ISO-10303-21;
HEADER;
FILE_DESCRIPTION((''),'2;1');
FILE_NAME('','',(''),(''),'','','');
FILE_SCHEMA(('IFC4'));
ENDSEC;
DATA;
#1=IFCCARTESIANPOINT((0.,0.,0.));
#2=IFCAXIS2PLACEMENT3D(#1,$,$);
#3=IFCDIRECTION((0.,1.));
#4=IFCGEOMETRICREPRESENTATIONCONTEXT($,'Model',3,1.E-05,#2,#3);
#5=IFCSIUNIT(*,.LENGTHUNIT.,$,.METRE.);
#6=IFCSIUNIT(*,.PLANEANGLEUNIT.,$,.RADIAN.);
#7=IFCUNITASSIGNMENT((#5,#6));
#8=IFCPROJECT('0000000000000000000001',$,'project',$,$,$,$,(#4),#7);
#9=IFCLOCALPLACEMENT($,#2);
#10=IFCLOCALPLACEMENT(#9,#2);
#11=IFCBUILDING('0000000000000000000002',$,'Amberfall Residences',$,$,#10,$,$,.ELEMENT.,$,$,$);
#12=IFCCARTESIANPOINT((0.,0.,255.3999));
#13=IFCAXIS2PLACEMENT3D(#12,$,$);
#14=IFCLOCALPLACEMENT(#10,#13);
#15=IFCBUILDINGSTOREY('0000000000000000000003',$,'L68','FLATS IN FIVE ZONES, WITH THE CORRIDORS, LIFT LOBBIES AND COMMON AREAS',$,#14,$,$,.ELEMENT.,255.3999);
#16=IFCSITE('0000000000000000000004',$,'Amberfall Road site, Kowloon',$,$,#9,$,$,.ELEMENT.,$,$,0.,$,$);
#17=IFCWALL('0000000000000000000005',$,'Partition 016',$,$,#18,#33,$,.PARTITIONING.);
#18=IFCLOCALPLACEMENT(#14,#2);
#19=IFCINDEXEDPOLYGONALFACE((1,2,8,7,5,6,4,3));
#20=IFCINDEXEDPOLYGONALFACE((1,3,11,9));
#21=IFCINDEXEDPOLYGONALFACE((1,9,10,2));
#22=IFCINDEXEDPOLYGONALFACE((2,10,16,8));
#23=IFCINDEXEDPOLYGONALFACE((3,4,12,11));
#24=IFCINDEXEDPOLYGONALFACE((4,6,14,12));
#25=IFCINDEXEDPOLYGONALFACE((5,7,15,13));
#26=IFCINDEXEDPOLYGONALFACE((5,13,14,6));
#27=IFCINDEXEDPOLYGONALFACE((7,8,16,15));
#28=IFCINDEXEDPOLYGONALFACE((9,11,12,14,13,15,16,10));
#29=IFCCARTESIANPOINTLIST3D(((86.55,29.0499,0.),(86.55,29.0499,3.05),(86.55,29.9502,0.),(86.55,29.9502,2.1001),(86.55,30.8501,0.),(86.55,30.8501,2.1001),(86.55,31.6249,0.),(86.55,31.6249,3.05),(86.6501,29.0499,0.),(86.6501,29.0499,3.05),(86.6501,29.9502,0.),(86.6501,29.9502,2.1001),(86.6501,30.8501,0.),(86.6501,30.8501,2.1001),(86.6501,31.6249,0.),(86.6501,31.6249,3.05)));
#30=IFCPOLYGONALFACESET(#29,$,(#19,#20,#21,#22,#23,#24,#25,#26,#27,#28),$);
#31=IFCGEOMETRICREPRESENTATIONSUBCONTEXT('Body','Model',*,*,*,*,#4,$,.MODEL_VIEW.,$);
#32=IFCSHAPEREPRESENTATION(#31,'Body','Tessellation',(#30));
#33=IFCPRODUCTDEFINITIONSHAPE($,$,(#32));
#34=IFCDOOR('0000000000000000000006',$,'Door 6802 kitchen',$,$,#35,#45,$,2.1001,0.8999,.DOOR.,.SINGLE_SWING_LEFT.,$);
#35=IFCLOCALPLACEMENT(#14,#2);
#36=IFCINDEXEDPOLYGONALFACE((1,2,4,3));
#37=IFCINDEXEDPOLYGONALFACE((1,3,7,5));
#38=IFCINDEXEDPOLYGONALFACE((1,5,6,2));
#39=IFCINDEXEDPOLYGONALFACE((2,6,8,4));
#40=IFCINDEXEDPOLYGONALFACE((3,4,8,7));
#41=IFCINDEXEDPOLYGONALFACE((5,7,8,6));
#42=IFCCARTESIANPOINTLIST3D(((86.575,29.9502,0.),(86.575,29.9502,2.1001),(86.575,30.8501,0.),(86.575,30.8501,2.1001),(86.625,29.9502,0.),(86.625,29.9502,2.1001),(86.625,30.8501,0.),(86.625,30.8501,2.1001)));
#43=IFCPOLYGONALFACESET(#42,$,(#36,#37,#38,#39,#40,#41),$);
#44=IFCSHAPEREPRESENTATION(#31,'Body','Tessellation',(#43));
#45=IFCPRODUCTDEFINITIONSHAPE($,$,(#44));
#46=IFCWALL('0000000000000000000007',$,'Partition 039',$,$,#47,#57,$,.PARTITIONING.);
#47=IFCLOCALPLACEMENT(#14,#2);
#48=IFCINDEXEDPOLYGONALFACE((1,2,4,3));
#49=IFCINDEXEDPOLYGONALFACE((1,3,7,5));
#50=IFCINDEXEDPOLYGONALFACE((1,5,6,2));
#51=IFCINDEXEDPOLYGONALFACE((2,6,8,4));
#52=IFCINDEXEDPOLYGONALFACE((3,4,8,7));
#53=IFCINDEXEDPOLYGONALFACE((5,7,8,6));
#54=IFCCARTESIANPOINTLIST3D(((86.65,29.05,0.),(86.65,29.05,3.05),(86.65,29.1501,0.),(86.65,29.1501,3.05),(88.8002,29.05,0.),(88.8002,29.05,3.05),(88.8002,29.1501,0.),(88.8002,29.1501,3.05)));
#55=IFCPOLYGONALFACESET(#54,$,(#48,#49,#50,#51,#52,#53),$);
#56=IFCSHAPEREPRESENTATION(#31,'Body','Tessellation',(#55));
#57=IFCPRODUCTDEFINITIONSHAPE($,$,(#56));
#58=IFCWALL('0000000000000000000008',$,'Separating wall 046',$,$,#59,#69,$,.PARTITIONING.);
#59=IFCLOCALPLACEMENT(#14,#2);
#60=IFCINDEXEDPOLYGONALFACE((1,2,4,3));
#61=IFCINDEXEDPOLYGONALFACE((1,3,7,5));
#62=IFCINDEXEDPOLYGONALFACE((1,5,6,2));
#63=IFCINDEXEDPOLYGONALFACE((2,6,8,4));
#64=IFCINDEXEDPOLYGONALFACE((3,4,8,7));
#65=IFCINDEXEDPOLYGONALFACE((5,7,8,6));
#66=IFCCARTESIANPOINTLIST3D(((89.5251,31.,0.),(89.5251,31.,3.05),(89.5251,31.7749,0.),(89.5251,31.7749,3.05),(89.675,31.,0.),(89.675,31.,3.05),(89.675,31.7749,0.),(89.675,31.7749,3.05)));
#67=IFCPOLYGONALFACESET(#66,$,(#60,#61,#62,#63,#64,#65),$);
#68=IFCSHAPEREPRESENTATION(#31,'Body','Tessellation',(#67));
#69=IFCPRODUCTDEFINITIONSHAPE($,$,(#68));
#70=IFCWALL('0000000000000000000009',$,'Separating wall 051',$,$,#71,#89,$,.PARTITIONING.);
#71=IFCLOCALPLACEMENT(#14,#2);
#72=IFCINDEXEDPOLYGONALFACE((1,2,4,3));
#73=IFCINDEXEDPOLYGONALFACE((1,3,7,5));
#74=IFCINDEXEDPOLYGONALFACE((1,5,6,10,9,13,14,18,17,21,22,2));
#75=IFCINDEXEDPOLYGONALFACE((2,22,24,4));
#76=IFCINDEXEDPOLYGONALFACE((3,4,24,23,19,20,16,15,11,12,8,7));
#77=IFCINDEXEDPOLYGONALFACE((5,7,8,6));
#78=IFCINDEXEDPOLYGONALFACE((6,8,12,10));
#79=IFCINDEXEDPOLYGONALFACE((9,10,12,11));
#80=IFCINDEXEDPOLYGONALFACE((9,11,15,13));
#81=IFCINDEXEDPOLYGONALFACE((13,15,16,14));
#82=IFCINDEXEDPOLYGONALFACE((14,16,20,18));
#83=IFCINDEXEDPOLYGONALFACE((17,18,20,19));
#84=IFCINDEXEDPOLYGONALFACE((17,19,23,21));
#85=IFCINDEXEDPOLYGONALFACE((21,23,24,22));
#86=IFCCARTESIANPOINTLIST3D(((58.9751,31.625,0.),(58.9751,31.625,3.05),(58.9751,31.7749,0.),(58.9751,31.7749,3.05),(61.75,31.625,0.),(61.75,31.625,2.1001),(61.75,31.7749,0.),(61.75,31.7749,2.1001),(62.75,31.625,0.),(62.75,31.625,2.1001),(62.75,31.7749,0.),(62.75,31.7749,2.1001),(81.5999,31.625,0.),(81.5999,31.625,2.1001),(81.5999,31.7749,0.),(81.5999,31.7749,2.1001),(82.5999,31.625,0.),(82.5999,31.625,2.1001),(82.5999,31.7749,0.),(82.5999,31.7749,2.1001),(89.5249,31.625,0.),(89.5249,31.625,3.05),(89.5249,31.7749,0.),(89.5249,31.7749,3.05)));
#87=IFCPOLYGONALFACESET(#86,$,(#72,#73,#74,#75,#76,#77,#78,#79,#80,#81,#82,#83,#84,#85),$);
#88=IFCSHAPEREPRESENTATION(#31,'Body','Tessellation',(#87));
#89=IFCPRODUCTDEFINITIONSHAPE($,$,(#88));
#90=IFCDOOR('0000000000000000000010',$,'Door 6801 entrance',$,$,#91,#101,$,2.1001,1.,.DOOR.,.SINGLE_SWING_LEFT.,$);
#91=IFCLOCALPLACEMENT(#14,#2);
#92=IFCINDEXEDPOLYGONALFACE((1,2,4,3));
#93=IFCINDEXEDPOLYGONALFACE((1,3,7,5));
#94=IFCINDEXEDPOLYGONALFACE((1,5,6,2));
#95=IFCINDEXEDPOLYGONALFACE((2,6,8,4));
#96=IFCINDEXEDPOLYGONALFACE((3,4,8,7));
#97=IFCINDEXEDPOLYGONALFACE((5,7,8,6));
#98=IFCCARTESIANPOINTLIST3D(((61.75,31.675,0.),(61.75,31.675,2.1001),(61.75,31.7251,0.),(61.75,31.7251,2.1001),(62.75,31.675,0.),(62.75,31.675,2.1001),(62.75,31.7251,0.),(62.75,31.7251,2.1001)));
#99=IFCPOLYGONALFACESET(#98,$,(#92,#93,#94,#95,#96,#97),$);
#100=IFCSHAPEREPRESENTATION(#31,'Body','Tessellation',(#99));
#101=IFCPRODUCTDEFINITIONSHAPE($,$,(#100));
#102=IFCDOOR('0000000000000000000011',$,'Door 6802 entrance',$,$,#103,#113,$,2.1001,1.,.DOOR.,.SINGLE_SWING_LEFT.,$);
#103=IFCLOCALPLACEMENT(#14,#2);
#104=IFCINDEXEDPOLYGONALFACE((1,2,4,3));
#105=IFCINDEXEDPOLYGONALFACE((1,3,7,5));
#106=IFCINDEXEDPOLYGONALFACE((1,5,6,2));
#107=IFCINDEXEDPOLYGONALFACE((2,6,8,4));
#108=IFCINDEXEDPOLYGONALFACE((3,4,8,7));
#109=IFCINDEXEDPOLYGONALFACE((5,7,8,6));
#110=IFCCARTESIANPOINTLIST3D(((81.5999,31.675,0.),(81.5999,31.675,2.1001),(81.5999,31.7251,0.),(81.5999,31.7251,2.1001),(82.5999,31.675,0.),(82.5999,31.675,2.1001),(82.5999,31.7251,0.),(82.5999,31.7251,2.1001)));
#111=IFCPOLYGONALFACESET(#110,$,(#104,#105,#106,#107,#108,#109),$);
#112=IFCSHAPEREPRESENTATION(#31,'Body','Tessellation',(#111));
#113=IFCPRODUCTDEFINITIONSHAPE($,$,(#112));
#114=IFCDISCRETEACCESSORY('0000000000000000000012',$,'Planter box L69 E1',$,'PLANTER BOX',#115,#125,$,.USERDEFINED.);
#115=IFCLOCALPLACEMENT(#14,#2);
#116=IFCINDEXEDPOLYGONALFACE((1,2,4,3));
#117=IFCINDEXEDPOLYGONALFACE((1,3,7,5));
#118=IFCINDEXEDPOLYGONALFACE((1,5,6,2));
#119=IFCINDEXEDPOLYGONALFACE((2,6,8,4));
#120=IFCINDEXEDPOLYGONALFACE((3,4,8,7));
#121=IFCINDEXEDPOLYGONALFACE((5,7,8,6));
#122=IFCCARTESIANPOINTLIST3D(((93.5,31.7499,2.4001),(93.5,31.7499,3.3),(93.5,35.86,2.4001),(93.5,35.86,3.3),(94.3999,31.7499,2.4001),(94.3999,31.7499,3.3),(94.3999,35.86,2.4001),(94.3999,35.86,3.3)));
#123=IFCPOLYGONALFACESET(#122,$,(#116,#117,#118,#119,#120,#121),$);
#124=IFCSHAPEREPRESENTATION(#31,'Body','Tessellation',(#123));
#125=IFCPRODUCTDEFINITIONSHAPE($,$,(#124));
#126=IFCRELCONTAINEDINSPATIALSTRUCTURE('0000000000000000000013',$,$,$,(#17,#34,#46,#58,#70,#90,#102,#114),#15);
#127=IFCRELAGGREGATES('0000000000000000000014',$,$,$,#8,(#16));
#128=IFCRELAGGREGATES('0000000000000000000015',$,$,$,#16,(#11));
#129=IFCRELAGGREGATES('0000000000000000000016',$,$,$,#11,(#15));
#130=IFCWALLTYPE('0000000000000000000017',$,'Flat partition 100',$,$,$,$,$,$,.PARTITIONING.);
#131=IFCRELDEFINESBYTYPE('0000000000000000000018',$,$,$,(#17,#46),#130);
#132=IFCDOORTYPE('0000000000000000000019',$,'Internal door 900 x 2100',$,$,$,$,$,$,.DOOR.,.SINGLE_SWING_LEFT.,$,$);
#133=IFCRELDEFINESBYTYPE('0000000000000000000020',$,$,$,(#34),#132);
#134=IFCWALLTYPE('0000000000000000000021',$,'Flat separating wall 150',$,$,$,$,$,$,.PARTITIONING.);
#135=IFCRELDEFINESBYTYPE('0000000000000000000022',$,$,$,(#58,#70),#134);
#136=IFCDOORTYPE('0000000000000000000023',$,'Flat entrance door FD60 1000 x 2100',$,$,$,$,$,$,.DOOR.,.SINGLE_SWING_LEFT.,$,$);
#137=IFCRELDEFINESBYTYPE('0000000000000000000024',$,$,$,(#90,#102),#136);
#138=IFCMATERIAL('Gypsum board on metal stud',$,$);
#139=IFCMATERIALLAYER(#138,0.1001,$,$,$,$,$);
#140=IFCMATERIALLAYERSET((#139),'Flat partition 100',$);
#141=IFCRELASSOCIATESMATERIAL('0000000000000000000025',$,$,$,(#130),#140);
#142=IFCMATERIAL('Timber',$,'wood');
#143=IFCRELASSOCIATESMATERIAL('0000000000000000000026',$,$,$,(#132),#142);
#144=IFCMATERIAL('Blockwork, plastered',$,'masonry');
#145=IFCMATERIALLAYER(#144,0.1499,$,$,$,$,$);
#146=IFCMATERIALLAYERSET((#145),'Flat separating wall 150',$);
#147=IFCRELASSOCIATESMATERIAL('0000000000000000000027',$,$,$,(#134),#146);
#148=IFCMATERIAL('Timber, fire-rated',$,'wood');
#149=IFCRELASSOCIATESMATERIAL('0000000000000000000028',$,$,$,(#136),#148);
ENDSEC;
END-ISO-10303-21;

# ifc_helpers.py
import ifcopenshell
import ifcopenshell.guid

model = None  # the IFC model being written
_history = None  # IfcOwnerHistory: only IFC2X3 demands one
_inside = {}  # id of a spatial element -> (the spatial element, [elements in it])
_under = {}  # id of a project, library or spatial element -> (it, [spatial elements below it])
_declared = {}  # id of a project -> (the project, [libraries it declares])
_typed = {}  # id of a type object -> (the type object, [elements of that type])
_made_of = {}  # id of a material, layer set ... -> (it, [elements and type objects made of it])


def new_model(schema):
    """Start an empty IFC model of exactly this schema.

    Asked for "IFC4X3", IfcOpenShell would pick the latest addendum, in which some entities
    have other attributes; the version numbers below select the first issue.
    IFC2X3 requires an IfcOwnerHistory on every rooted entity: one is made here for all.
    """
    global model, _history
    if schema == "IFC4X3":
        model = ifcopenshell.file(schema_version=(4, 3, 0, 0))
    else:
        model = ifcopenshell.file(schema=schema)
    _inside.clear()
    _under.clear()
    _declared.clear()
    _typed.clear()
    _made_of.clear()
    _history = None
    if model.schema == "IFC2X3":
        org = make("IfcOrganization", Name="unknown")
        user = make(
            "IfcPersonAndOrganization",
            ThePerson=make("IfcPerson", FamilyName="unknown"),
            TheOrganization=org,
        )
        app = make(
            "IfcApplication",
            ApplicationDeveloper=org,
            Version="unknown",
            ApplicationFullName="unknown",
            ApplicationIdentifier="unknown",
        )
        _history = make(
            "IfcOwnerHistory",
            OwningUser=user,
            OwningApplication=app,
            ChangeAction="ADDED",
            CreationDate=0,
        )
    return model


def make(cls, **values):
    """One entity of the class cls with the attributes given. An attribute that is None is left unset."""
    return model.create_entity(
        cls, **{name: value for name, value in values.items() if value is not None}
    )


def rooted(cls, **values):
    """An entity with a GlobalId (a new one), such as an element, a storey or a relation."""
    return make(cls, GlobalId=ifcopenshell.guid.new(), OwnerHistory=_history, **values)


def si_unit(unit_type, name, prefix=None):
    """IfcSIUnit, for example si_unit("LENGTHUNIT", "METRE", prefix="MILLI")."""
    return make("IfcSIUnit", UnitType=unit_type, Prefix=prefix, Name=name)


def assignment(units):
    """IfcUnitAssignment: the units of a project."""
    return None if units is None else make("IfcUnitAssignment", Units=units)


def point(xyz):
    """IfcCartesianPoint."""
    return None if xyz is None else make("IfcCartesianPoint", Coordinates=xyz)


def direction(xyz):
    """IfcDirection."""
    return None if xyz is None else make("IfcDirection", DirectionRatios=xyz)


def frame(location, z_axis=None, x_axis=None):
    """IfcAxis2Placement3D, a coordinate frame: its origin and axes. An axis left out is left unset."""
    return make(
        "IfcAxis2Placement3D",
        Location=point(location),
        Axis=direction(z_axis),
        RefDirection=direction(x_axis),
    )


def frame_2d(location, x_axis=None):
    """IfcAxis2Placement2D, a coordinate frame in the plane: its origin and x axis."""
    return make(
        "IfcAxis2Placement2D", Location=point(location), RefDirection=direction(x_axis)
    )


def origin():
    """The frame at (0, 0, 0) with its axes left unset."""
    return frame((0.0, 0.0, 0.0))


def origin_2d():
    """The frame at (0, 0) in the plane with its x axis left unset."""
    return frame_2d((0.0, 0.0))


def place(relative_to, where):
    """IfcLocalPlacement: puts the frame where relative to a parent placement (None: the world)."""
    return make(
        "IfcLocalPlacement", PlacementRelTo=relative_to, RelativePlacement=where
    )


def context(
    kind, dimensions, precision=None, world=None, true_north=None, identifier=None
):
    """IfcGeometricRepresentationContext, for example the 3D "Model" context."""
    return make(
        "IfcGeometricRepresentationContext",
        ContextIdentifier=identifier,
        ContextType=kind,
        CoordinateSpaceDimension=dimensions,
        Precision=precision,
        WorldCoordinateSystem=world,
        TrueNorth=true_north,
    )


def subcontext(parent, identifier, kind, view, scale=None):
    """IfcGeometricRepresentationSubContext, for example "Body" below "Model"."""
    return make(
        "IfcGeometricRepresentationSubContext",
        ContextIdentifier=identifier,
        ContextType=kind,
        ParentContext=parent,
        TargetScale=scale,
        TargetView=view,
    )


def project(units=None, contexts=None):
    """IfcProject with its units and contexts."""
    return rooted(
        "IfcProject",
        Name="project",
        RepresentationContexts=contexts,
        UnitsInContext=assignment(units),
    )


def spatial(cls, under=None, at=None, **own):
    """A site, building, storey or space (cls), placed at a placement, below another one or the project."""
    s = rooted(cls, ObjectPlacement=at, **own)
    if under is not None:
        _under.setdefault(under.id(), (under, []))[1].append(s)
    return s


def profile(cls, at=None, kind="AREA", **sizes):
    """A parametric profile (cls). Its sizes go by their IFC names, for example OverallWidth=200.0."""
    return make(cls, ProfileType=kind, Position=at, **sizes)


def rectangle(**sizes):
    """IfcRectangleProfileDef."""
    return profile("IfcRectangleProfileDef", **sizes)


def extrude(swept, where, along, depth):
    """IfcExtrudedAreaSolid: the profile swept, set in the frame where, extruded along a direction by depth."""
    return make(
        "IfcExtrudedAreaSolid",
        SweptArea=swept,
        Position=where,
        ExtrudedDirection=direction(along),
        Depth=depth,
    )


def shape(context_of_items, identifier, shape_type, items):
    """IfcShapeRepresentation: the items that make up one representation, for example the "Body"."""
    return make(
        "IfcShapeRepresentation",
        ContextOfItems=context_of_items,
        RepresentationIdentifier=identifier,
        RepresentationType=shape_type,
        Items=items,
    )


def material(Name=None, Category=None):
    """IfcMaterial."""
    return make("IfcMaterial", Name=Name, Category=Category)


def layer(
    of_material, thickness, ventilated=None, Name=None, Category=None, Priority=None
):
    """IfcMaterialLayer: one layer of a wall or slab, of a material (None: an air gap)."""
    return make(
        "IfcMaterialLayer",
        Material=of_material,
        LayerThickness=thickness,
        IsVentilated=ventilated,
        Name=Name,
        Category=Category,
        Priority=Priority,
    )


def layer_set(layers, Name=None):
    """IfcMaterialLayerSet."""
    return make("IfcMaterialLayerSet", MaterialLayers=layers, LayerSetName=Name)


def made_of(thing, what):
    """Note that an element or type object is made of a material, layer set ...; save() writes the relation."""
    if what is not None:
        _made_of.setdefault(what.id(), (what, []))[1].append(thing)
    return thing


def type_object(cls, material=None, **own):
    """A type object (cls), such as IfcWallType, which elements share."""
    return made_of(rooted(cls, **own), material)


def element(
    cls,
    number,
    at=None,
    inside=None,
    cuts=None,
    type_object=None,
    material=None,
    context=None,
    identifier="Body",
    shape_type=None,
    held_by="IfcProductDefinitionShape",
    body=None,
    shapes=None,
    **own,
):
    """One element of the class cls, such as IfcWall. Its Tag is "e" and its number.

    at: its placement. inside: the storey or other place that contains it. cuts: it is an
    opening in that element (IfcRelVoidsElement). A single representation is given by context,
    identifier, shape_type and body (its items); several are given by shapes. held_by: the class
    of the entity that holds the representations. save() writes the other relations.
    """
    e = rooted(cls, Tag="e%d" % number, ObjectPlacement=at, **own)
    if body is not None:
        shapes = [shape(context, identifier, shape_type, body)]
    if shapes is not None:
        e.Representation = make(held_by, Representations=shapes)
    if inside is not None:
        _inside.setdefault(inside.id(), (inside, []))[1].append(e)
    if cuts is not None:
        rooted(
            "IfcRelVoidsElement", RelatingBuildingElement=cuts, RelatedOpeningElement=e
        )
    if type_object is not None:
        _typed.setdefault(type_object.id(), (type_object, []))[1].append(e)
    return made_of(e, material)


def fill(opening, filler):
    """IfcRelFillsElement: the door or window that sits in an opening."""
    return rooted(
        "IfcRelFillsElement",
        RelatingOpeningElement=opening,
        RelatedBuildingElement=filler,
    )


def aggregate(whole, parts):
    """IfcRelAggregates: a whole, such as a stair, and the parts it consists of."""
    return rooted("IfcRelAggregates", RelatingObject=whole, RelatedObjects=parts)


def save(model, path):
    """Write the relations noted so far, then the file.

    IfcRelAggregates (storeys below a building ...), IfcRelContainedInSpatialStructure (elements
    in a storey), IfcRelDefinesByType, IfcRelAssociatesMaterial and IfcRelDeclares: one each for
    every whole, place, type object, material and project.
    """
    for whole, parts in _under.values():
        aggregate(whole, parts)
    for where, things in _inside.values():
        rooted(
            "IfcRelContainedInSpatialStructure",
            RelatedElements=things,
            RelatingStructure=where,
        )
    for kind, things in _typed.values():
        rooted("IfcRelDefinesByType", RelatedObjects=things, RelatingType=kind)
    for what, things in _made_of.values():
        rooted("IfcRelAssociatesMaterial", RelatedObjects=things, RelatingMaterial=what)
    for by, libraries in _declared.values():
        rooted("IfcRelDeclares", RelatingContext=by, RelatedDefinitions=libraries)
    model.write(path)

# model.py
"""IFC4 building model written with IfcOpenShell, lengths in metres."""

from ifc_helpers import new_model, si_unit, direction, frame, frame_2d, origin, origin_2d, place, context, subcontext, project, spatial, rectangle, extrude, material, layer, layer_set, type_object, element, fill, save


model = new_model("IFC4")

# Units and contexts
model_context = context("Model", 3, precision=1e-05, world=origin(), true_north=direction((0.0, 1.0)))
body_context = subcontext(model_context, "Body", "Model", "MODEL_VIEW")
ifc_project = project(units=[si_unit("LENGTHUNIT", "METRE"), si_unit("PLANEANGLEUNIT", "RADIAN")], contexts=[model_context])

# Site, building, storey
site_placement = place(None, origin())
site = spatial("IfcSite", under=ifc_project, at=site_placement, Name="Amberfall Road site, Kowloon", CompositionType="ELEMENT", RefElevation=0.0)
building_placement = place(site_placement, origin())
building = spatial("IfcBuilding", under=site, at=building_placement, Name="Amberfall Residences", CompositionType="ELEMENT")
storey_placement = place(building_placement, frame((0.0, 0.0, 255.3999)))
storey = spatial("IfcBuildingStorey", under=building, at=storey_placement, Name="L68", Description="FLATS IN FIVE ZONES, WITH THE CORRIDORS, LIFT LOBBIES AND COMMON AREAS", CompositionType="ELEMENT", Elevation=255.3999)

# Wall, opening, door
ifc_material_1 = material(Name="Gypsum board on metal stud")
ifc_layer_1 = layer(ifc_material_1, 0.1001)
ifc_layer_set_1 = layer_set([ifc_layer_1], Name="Flat partition 100")
wall_type_1 = type_object("IfcWallType", Name="Flat partition 100", PredefinedType="PARTITIONING", material=ifc_layer_set_1)
wall_1_placement = place(storey_placement, frame((86.6001, 31.625, 0.0), z_axis=(0.0, 0.0, 1.0), x_axis=(0.0, -1.0, 0.0)))
wall_1 = element("IfcWall", 1, at=wall_1_placement, inside=storey, type_object=wall_type_1, Name="Partition 016", PredefinedType="PARTITIONING", context=body_context, shape_type="SweptSolid", body=[
    extrude(rectangle(XDim=2.575, YDim=0.1001, at=frame_2d((1.2876, 0.0))), origin(), (0.0, 0.0, 1.0), 3.05),
])
opening_1_placement = place(wall_1_placement, frame((0.7749, 0.0, 0.0)))
opening_1 = element("IfcOpeningElement", 2, at=opening_1_placement, cuts=wall_1, PredefinedType="OPENING", context=body_context, shape_type="SweptSolid", body=[
    extrude(rectangle(XDim=0.8999, YDim=2.1001, at=frame_2d((0.45, 1.05))), frame((0.0, 0.0601, 0.0), z_axis=(0.0, -1.0, 0.0), x_axis=(1.0, 0.0, 0.0)), (0.0, 0.0, 1.0), 0.1201),
])
ifc_material_2 = material(Name="Timber", Category="wood")
door_type_1 = type_object("IfcDoorType", Name="Internal door 900 x 2100", OperationType="SINGLE_SWING_LEFT", PredefinedType="DOOR", material=ifc_material_2)
door_1_placement = place(opening_1_placement, origin())
door_1 = element("IfcDoor", 3, at=door_1_placement, inside=storey, type_object=door_type_1, Name="Door 6802 kitchen", OperationType="SINGLE_SWING_LEFT", OverallHeight=2.1001, OverallWidth=0.8999, PredefinedType="DOOR", context=body_context, shape_type="SweptSolid", body=[
    extrude(rectangle(XDim=0.8999, YDim=2.1001, at=frame_2d((0.45, 1.05))), frame((0.0, 0.0249, 0.0), z_axis=(0.0, -1.0, 0.0), x_axis=(1.0, 0.0, 0.0)), (0.0, 0.0, 1.0), 0.05),
])
fill(opening_1, door_1)

# Walls
wall_2_placement = place(storey_placement, frame((86.6499, 29.1001, 0.0), z_axis=(0.0, 0.0, 1.0), x_axis=(1.0, 0.0, 0.0)))
element("IfcWall", 4, at=wall_2_placement, inside=storey, type_object=wall_type_1, Name="Partition 039", PredefinedType="PARTITIONING", context=body_context, shape_type="SweptSolid", body=[
    extrude(rectangle(XDim=2.1501, YDim=0.1001, at=frame_2d((1.0752, 0.0))), origin(), (0.0, 0.0, 1.0), 3.05),
])
ifc_material_3 = material(Name="Blockwork, plastered", Category="masonry")
ifc_layer_2 = layer(ifc_material_3, 0.1499)
ifc_layer_set_2 = layer_set([ifc_layer_2], Name="Flat separating wall 150")
wall_type_2 = type_object("IfcWallType", Name="Flat separating wall 150", PredefinedType="PARTITIONING", material=ifc_layer_set_2)
wall_3_placement = place(storey_placement, frame((89.6001, 31.0, 0.0), z_axis=(0.0, 0.0, 1.0), x_axis=(0.0, 1.0, 0.0)))
element("IfcWall", 5, at=wall_3_placement, inside=storey, type_object=wall_type_2, Name="Separating wall 046", PredefinedType="PARTITIONING", context=body_context, shape_type="SweptSolid", body=[
    extrude(rectangle(XDim=0.7749, YDim=0.1499, at=frame_2d((0.3875, 0.0))), origin(), (0.0, 0.0, 1.0), 3.05),
])

# Wall, openings, doors
wall_4_placement = place(storey_placement, frame((89.5249, 31.7, 0.0), z_axis=(0.0, 0.0, 1.0), x_axis=(-1.0, 0.0, 0.0)))
wall_4 = element("IfcWall", 6, at=wall_4_placement, inside=storey, type_object=wall_type_2, Name="Separating wall 051", PredefinedType="PARTITIONING", context=body_context, shape_type="SweptSolid", body=[
    extrude(rectangle(XDim=30.5498, YDim=0.1499, at=frame_2d((15.2749, 0.0))), origin(), (0.0, 0.0, 1.0), 3.05),
])
opening_2_placement = place(wall_4_placement, frame((26.7749, 0.0, 0.0)))
opening_2 = element("IfcOpeningElement", 7, at=opening_2_placement, cuts=wall_4, PredefinedType="OPENING", context=body_context, shape_type="SweptSolid", body=[
    extrude(rectangle(XDim=1.0, YDim=2.1001, at=frame_2d((0.5, 1.05))), frame((0.0, 0.085, 0.0), z_axis=(0.0, -1.0, 0.0), x_axis=(1.0, 0.0, 0.0)), (0.0, 0.0, 1.0), 0.1699),
])
opening_3_placement = place(wall_4_placement, frame((6.925, 0.0, 0.0)))
opening_3 = element("IfcOpeningElement", 8, at=opening_3_placement, cuts=wall_4, PredefinedType="OPENING", context=body_context, shape_type="SweptSolid", body=[
    extrude(rectangle(XDim=1.0, YDim=2.1001, at=frame_2d((0.5, 1.05))), frame((0.0, 0.085, 0.0), z_axis=(0.0, -1.0, 0.0), x_axis=(1.0, 0.0, 0.0)), (0.0, 0.0, 1.0), 0.1699),
])
ifc_material_4 = material(Name="Timber, fire-rated", Category="wood")
door_type_2 = type_object("IfcDoorType", Name="Flat entrance door FD60 1000 x 2100", OperationType="SINGLE_SWING_LEFT", PredefinedType="DOOR", material=ifc_material_4)
door_2_placement = place(opening_2_placement, origin())
door_2 = element("IfcDoor", 9, at=door_2_placement, inside=storey, type_object=door_type_2, Name="Door 6801 entrance", OperationType="SINGLE_SWING_LEFT", OverallHeight=2.1001, OverallWidth=1.0, PredefinedType="DOOR", context=body_context, shape_type="SweptSolid", body=[
    extrude(rectangle(XDim=1.0, YDim=2.1001, at=frame_2d((0.5, 1.05))), frame((0.0, 0.0249, 0.0), z_axis=(0.0, -1.0, 0.0), x_axis=(1.0, 0.0, 0.0)), (0.0, 0.0, 1.0), 0.05),
])
fill(opening_2, door_2)
door_3_placement = place(opening_3_placement, origin())
door_3 = element("IfcDoor", 10, at=door_3_placement, inside=storey, type_object=door_type_2, Name="Door 6802 entrance", OperationType="SINGLE_SWING_LEFT", OverallHeight=2.1001, OverallWidth=1.0, PredefinedType="DOOR", context=body_context, shape_type="SweptSolid", body=[
    extrude(rectangle(XDim=1.0, YDim=2.1001, at=frame_2d((0.5, 1.05))), frame((0.0, 0.0249, 0.0), z_axis=(0.0, -1.0, 0.0), x_axis=(1.0, 0.0, 0.0)), (0.0, 0.0, 1.0), 0.05),
])
fill(opening_3, door_3)

# Discrete accessory
discrete_accessory_placement = place(storey_placement, frame((93.95, 33.8049, 2.4001), z_axis=(0.0, 0.0, 1.0), x_axis=(0.0, 1.0, 0.0)))
element("IfcDiscreteAccessory", 11, at=discrete_accessory_placement, inside=storey, Name="Planter box L69 E1", ObjectType="PLANTER BOX", PredefinedType="USERDEFINED", context=body_context, shape_type="SweptSolid", body=[
    extrude(rectangle(XDim=4.1101, YDim=0.8999, at=origin_2d()), origin(), (0.0, 0.0, 1.0), 0.8999),
])

save(model, "model.ifc")
